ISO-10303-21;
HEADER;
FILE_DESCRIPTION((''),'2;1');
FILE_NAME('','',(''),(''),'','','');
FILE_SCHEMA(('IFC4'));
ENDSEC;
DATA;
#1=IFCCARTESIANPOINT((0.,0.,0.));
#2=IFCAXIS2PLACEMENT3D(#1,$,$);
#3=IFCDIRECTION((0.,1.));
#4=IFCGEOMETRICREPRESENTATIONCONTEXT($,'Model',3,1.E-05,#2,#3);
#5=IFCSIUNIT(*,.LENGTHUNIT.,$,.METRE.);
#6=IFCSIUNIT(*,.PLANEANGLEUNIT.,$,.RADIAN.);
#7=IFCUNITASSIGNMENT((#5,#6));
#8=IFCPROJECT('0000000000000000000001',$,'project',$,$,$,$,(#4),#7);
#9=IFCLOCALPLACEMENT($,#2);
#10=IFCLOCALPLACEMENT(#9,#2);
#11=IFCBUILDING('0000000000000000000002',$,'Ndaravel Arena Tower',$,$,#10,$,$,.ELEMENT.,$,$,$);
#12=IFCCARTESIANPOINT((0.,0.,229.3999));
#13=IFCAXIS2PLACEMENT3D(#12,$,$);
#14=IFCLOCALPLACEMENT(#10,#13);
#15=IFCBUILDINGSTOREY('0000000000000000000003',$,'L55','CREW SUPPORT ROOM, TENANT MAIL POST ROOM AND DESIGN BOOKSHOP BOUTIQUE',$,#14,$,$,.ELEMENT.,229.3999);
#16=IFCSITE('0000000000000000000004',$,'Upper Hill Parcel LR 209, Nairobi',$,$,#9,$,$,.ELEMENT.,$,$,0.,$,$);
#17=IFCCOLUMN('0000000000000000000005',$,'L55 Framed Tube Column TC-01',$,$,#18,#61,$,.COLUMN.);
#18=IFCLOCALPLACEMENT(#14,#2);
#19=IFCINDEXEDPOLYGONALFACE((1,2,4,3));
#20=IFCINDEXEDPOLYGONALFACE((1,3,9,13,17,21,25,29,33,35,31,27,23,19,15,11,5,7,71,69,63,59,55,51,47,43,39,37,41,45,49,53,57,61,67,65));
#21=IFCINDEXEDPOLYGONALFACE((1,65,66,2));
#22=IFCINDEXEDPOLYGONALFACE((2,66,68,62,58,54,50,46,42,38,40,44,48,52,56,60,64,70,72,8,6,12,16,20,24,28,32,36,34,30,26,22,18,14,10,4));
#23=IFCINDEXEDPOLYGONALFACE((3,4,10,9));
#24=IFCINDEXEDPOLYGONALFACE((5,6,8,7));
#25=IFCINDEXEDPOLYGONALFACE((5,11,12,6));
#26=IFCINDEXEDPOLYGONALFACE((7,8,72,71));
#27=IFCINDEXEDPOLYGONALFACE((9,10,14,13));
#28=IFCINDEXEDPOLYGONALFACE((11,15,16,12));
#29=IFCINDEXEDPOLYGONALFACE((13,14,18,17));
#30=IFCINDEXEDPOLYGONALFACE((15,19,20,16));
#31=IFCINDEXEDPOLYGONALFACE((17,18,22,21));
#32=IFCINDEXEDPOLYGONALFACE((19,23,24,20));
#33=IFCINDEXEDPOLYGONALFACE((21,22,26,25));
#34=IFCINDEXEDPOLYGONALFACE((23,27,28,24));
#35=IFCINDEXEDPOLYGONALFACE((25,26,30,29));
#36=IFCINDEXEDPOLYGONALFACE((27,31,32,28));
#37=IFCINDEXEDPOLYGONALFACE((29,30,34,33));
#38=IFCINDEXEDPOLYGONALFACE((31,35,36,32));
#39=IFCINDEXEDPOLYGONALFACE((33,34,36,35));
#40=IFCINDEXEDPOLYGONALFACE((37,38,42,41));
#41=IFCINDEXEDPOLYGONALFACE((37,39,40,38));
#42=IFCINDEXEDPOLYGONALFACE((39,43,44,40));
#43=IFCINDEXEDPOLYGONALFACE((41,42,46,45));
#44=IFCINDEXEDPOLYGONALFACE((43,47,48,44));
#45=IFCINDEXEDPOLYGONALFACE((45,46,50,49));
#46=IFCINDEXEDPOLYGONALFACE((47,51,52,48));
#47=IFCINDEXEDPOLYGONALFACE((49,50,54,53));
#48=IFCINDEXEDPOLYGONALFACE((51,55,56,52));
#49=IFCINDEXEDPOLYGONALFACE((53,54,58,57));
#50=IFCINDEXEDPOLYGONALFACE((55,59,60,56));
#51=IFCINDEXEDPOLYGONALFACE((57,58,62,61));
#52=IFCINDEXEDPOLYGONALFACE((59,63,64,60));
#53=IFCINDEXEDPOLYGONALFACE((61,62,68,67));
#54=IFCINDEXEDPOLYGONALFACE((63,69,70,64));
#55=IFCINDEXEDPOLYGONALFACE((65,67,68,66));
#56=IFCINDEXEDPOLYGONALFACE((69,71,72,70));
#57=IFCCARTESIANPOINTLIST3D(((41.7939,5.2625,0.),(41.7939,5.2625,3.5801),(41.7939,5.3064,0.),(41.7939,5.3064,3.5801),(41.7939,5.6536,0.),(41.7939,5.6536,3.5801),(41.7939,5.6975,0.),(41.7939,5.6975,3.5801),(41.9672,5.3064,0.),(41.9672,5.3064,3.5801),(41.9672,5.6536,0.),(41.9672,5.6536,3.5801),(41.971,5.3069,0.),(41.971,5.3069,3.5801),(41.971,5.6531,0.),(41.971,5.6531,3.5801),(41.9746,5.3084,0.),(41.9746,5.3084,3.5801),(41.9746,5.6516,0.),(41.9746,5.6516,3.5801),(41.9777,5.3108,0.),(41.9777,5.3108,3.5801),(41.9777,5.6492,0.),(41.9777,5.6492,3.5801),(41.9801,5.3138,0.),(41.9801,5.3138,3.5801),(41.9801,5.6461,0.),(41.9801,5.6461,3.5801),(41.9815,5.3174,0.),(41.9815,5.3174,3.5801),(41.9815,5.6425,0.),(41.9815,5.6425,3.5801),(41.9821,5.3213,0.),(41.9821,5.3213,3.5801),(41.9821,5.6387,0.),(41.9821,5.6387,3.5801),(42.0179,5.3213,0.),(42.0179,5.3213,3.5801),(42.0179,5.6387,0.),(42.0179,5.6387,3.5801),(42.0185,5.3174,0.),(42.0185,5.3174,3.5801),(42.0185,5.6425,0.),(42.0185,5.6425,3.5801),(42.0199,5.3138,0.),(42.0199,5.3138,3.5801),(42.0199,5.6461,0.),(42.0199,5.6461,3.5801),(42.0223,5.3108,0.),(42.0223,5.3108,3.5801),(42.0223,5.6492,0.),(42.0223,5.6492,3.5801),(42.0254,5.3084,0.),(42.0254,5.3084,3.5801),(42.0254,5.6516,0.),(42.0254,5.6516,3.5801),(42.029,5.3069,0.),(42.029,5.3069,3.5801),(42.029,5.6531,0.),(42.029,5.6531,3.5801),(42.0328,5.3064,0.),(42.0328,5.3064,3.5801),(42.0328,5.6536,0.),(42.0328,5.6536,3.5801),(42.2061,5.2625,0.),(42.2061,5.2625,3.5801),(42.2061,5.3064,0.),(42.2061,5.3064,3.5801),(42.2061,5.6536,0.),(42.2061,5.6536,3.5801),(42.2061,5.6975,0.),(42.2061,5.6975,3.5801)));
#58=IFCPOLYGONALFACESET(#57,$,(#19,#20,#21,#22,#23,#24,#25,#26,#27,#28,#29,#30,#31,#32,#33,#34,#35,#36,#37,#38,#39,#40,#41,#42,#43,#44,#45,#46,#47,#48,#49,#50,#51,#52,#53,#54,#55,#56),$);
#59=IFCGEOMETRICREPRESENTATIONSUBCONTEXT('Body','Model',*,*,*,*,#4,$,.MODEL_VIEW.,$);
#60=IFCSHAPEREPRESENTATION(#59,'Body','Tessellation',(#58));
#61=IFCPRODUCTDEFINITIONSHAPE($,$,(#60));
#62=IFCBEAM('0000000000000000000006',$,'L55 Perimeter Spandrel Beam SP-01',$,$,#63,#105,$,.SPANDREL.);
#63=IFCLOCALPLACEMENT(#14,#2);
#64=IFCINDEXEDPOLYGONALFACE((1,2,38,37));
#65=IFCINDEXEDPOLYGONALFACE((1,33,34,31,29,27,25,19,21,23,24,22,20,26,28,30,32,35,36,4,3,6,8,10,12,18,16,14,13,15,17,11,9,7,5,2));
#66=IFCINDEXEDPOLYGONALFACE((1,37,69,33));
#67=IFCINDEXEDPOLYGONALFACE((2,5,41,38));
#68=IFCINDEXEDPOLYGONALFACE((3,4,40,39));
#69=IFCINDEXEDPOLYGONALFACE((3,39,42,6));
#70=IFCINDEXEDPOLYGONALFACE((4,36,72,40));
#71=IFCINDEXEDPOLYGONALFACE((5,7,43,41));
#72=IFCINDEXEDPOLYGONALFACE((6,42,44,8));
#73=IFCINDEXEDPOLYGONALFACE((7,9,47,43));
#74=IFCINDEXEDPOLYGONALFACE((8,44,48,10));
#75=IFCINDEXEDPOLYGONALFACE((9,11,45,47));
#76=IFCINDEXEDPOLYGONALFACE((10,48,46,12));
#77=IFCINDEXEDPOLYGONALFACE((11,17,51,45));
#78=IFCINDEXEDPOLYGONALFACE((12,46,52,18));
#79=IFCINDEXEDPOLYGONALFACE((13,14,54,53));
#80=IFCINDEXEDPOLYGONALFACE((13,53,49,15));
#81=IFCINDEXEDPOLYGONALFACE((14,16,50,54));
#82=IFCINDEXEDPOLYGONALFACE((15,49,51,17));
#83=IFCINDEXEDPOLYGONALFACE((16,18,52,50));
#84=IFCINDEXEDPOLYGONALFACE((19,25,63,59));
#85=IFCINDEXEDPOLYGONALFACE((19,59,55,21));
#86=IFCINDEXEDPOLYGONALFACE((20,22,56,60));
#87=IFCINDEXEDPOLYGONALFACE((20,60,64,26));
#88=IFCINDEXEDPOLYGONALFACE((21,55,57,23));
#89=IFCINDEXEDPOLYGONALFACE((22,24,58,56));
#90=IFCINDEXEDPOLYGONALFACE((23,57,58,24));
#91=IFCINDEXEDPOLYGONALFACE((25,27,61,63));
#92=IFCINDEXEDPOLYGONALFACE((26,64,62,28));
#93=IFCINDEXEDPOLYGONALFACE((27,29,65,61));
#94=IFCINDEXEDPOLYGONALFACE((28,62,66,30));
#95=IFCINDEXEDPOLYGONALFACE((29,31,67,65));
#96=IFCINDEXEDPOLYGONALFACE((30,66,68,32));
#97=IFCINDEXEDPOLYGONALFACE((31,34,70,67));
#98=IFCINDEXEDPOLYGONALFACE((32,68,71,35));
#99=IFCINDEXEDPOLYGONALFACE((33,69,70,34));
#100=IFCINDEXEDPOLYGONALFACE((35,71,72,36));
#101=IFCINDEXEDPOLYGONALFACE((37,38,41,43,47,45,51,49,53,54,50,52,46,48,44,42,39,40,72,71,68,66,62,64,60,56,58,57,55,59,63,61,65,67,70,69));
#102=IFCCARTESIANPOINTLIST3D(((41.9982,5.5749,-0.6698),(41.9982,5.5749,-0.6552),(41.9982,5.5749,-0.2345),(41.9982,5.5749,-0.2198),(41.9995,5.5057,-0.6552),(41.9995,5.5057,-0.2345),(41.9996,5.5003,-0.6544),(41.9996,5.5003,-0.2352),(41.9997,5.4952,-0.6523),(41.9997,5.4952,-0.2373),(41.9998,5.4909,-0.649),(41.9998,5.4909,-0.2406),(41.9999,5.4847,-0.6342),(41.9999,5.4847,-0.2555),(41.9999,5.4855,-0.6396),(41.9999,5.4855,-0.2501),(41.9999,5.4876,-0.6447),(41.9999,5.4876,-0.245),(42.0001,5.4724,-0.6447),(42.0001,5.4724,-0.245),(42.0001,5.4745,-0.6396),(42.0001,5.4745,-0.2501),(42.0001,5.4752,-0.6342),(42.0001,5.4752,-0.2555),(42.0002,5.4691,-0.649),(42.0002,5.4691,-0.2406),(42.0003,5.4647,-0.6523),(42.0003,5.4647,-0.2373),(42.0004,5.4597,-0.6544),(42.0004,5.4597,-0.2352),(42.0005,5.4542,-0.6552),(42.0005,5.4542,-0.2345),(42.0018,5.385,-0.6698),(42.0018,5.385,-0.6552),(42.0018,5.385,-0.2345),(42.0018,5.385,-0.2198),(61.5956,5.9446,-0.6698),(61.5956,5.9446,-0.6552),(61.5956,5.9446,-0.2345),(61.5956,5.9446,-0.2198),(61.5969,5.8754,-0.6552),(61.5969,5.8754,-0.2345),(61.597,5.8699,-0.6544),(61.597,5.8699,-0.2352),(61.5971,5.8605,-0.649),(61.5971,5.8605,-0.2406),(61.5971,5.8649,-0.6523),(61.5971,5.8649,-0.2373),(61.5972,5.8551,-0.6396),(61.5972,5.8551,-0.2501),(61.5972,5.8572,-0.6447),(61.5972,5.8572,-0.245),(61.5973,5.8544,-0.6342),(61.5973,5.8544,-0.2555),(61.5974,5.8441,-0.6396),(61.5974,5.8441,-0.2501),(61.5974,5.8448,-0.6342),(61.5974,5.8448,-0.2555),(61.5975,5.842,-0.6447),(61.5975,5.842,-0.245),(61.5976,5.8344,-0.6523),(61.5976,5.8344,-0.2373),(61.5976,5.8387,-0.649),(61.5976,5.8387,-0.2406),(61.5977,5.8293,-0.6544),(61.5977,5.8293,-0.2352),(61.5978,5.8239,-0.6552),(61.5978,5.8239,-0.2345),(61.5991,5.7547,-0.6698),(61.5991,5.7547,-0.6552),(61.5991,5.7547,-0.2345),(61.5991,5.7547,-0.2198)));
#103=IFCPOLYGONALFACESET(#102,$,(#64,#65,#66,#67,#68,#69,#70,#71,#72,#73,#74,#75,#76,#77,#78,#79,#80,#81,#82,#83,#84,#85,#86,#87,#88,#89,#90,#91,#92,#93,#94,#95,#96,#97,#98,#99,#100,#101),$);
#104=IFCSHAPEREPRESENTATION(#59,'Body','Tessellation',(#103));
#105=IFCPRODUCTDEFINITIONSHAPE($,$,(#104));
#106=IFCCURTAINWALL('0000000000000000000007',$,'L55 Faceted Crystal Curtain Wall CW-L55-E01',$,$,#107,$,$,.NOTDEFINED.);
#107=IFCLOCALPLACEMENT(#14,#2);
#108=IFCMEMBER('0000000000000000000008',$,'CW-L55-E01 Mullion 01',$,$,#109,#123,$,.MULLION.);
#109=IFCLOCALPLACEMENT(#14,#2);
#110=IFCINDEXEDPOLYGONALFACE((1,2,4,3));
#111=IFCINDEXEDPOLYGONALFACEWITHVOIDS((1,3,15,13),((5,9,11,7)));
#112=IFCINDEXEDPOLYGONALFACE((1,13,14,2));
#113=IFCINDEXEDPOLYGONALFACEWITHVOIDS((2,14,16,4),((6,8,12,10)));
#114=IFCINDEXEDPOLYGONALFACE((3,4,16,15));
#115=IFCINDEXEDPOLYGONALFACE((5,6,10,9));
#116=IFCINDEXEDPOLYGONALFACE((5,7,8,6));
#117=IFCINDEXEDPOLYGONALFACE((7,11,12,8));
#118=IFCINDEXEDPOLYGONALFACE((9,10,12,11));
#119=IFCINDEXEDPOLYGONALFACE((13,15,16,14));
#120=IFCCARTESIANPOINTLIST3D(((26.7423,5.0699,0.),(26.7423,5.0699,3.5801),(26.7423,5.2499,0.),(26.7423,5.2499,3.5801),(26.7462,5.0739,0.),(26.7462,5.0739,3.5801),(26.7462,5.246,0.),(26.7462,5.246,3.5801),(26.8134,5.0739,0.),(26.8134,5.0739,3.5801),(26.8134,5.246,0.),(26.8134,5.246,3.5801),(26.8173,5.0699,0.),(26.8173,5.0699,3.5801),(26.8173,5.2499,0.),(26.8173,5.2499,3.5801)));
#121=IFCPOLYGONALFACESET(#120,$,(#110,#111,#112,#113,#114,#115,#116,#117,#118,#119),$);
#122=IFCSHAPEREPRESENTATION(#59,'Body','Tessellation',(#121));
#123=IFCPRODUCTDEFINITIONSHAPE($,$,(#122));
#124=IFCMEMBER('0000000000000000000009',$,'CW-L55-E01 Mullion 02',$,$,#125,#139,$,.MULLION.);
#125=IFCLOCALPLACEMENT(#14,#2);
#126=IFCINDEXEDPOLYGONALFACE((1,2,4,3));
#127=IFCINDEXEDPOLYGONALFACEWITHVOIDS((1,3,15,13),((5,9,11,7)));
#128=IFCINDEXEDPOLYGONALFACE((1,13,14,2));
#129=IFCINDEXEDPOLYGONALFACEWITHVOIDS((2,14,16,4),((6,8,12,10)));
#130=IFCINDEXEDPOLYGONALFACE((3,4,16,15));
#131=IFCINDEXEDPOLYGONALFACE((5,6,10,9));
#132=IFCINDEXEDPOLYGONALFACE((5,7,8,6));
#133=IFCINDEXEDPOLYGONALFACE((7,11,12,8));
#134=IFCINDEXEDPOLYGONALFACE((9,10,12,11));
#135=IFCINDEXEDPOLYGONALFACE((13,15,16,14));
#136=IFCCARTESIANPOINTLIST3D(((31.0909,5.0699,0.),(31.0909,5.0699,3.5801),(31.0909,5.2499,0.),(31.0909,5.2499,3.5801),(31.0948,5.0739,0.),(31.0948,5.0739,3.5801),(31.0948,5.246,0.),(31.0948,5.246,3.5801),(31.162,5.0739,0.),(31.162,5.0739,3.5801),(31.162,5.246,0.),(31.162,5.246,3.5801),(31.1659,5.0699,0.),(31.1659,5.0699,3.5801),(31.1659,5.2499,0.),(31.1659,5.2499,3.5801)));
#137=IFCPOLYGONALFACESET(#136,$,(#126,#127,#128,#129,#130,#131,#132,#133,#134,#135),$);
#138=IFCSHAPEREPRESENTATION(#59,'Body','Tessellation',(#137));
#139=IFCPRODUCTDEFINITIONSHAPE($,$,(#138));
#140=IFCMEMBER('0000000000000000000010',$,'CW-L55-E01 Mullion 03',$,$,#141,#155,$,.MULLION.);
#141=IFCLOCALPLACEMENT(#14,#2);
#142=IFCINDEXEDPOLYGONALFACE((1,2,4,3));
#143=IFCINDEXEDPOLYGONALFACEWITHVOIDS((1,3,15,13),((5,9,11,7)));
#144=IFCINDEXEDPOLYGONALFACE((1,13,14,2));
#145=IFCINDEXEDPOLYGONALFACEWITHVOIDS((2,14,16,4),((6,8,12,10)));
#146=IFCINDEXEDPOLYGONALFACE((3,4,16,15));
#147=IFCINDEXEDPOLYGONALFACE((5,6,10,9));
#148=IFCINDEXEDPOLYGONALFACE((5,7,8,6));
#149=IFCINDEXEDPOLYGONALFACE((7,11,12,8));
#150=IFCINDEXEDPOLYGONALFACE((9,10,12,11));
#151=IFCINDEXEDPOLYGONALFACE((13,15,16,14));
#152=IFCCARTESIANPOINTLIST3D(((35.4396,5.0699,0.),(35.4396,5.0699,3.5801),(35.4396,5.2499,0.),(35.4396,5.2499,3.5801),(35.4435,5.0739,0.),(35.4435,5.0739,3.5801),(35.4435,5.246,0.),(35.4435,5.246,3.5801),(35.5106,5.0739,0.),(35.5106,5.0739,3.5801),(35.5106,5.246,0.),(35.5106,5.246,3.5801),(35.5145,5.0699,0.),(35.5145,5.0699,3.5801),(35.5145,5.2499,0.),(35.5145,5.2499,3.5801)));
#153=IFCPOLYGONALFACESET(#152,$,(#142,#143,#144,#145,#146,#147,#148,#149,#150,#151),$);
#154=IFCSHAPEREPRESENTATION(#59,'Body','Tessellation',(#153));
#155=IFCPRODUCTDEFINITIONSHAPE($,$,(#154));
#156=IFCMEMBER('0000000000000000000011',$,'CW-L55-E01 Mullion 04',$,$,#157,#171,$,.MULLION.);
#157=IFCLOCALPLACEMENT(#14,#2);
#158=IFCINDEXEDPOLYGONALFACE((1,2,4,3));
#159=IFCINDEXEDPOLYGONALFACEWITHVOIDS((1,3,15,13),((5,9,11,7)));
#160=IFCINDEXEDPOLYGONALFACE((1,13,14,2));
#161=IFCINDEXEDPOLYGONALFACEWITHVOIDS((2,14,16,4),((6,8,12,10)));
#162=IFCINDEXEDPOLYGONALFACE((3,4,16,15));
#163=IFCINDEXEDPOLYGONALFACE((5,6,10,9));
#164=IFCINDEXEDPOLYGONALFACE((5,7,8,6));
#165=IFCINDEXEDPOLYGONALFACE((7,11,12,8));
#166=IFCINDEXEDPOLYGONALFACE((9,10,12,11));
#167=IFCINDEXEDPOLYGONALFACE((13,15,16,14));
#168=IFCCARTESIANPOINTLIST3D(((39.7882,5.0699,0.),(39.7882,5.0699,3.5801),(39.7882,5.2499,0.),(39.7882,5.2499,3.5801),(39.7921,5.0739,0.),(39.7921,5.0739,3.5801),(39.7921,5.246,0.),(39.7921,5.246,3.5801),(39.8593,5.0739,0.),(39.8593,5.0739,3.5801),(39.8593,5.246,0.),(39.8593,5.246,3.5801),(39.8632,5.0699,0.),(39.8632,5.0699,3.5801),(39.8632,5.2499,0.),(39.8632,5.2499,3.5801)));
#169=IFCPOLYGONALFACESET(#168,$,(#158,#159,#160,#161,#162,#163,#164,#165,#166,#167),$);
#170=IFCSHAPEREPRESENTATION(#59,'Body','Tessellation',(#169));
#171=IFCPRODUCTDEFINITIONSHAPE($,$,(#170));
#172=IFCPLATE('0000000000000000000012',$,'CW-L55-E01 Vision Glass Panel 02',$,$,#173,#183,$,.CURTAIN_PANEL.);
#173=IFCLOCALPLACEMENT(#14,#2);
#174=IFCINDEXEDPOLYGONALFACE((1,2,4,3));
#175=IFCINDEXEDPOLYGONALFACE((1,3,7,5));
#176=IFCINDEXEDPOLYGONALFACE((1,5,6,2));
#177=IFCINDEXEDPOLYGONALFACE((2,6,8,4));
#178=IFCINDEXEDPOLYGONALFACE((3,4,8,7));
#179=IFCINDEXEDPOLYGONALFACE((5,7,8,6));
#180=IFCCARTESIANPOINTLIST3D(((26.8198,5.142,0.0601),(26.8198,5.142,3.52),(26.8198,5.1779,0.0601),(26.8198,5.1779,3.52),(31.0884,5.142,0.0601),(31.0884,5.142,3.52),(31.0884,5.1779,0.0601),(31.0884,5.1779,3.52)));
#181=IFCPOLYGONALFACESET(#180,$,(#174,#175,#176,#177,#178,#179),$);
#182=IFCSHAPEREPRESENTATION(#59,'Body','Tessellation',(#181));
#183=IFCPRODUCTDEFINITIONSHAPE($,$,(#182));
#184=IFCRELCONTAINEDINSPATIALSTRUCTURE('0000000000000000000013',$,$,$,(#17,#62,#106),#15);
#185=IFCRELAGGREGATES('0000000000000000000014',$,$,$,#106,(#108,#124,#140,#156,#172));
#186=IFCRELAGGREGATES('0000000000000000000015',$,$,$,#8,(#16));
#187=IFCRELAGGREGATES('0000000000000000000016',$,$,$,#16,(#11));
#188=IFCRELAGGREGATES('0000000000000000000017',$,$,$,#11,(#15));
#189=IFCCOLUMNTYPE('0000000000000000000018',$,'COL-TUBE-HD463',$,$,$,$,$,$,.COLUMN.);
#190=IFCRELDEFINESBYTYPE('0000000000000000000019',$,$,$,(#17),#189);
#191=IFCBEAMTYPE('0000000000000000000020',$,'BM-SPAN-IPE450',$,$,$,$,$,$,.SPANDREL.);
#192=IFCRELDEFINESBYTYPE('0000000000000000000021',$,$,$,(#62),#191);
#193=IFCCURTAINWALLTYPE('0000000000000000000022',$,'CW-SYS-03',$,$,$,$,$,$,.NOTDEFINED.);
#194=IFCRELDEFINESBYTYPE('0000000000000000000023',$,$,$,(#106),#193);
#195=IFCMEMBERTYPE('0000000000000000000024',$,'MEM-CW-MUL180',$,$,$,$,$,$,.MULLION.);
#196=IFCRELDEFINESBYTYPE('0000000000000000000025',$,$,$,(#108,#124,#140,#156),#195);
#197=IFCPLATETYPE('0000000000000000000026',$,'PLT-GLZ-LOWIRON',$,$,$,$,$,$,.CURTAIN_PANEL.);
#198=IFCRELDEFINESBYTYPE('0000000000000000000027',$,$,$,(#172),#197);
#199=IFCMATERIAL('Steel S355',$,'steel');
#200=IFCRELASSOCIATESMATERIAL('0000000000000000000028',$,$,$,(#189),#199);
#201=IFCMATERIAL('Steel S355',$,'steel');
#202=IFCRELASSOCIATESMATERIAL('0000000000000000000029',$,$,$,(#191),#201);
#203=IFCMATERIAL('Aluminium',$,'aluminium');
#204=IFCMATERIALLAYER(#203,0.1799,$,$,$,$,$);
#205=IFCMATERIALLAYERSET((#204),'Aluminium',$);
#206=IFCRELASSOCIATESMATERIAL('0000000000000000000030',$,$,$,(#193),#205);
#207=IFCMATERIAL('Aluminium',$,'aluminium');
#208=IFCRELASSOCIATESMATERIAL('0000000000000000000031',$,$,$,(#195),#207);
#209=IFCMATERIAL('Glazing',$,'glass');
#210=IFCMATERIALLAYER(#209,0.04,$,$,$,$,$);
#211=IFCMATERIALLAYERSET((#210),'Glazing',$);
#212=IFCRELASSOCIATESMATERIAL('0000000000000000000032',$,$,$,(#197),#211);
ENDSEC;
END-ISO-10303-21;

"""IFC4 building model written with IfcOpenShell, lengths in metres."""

from ifc_helpers import new_model, si_unit, direction, frame, origin, origin_2d, place, context, subcontext, project, spatial, rectangle, hollow_rectangle, i_section, extrude, material, layer, layer_set, material_profile, profile_set, type_object, element, aggregate, save


model = new_model("IFC4")

# Units and contexts
model_context = context("Model", 3, precision=1e-05, world=origin(), true_north=direction((0.0, 1.0)))
body_context = subcontext(model_context, "Body", "Model", "MODEL_VIEW")
ifc_project = project(units=[si_unit("LENGTHUNIT", "METRE"), si_unit("PLANEANGLEUNIT", "RADIAN")], contexts=[model_context])

# Site, building, storey
site_placement = place(None, origin())
site = spatial("IfcSite", under=ifc_project, at=site_placement, Name="Upper Hill Parcel LR 209, Nairobi", CompositionType="ELEMENT", RefElevation=0.0)
building_placement = place(site_placement, origin())
building = spatial("IfcBuilding", under=site, at=building_placement, Name="Ndaravel Arena Tower", CompositionType="ELEMENT")
storey_placement = place(building_placement, frame((0.0, 0.0, 229.3999)))
storey = spatial("IfcBuildingStorey", under=building, at=storey_placement, Name="L55", Description="CREW SUPPORT ROOM, TENANT MAIL POST ROOM AND DESIGN BOOKSHOP BOUTIQUE", CompositionType="ELEMENT", Elevation=229.3999)

# Column
ifc_material_1 = material(Name="Steel S355", Category="steel")
ifc_material_profile_1 = material_profile(ifc_material_1, i_section(OverallWidth=0.4121, OverallDepth=0.4351, WebThickness=0.0359, FlangeThickness=0.0439, FilletRadius=0.0149, at=origin_2d()), Name="HD 400x463")
ifc_profile_set_1 = profile_set([ifc_material_profile_1], Name="Steel S355")
column_type = type_object("IfcColumnType", Name="COL-TUBE-HD463", PredefinedType="COLUMN", material=ifc_profile_set_1)
column_placement = place(storey_placement, frame((42.0, 5.48, 0.0), z_axis=(0.0, 0.0, 1.0), x_axis=(1.0, 0.0, 0.0)))
element("IfcColumn", 1, at=column_placement, inside=storey, type_object=column_type, Name="L55 Framed Tube Column TC-01", PredefinedType="COLUMN", context=body_context, shape_type="SweptSolid", body=[
    extrude(i_section(OverallWidth=0.4121, OverallDepth=0.4351, WebThickness=0.0359, FlangeThickness=0.0439, FilletRadius=0.0149, at=origin_2d()), origin(), (0.0, 0.0, 1.0), 3.5801),
])

# Beam
ifc_material_2 = material(Name="Steel S355", Category="steel")
ifc_material_profile_2 = material_profile(ifc_material_2, i_section(OverallWidth=0.1899, OverallDepth=0.45, WebThickness=0.0095, FlangeThickness=0.0146, FilletRadius=0.021, at=origin_2d()), Name="IPE 450")
ifc_profile_set_2 = profile_set([ifc_material_profile_2], Name="Steel S355")
beam_type = type_object("IfcBeamType", Name="BM-SPAN-IPE450", PredefinedType="SPANDREL", material=ifc_profile_set_2)
beam_placement = place(storey_placement, frame((42.0, 5.48, -0.4448), z_axis=(0.999822, 0.018858, 0.0), x_axis=(-0.018858, 0.999822, 0.0)))
element("IfcBeam", 2, at=beam_placement, inside=storey, type_object=beam_type, Name="L55 Perimeter Spandrel Beam SP-01", PredefinedType="SPANDREL", context=body_context, shape_type="SweptSolid", body=[
    extrude(i_section(OverallWidth=0.1899, OverallDepth=0.45, WebThickness=0.0095, FlangeThickness=0.0146, FilletRadius=0.021, at=origin_2d()), origin(), (0.0, 0.0, 1.0), 19.6008),
])

# Curtain wall, members, plate
ifc_material_3 = material(Name="Aluminium", Category="aluminium")
ifc_layer_1 = layer(ifc_material_3, 0.1799)
ifc_layer_set_1 = layer_set([ifc_layer_1], Name="Aluminium")
curtain_wall_type = type_object("IfcCurtainWallType", Name="CW-SYS-03", PredefinedType="NOTDEFINED", material=ifc_layer_set_1)
curtain_wall_placement = place(storey_placement, origin())
curtain_wall = element("IfcCurtainWall", 3, at=curtain_wall_placement, inside=storey, type_object=curtain_wall_type, Name="L55 Faceted Crystal Curtain Wall CW-L55-E01", PredefinedType="NOTDEFINED")
ifc_material_4 = material(Name="Aluminium", Category="aluminium")
ifc_material_profile_3 = material_profile(ifc_material_4, hollow_rectangle(XDim=0.075, YDim=0.1799, WallThickness=0.0039, at=origin_2d()), Name="CW MULLION 75x180x4")
ifc_profile_set_3 = profile_set([ifc_material_profile_3], Name="Aluminium")
member_type = type_object("IfcMemberType", Name="MEM-CW-MUL180", PredefinedType="MULLION", material=ifc_profile_set_3)
member_1_placement = place(storey_placement, frame((26.7798, 5.1599, 0.0), z_axis=(0.0, 0.0, 1.0), x_axis=(1.0, 0.0, 0.0)))
member_1 = element("IfcMember", 4, at=member_1_placement, type_object=member_type, Name="CW-L55-E01 Mullion 01", PredefinedType="MULLION", context=body_context, shape_type="SweptSolid", body=[
    extrude(hollow_rectangle(XDim=0.075, YDim=0.1799, WallThickness=0.0039, at=origin_2d()), origin(), (0.0, 0.0, 1.0), 3.5801),
])
member_2_placement = place(storey_placement, frame((31.1284, 5.1599, 0.0), z_axis=(0.0, 0.0, 1.0), x_axis=(1.0, 0.0, 0.0)))
member_2 = element("IfcMember", 5, at=member_2_placement, type_object=member_type, Name="CW-L55-E01 Mullion 02", PredefinedType="MULLION", context=body_context, shape_type="SweptSolid", body=[
    extrude(hollow_rectangle(XDim=0.075, YDim=0.1799, WallThickness=0.0039, at=origin_2d()), origin(), (0.0, 0.0, 1.0), 3.5801),
])
member_3_placement = place(storey_placement, frame((35.4771, 5.1599, 0.0), z_axis=(0.0, 0.0, 1.0), x_axis=(1.0, 0.0, 0.0)))
member_3 = element("IfcMember", 6, at=member_3_placement, type_object=member_type, Name="CW-L55-E01 Mullion 03", PredefinedType="MULLION", context=body_context, shape_type="SweptSolid", body=[
    extrude(hollow_rectangle(XDim=0.075, YDim=0.1799, WallThickness=0.0039, at=origin_2d()), origin(), (0.0, 0.0, 1.0), 3.5801),
])
member_4_placement = place(storey_placement, frame((39.8257, 5.1599, 0.0), z_axis=(0.0, 0.0, 1.0), x_axis=(1.0, 0.0, 0.0)))
member_4 = element("IfcMember", 7, at=member_4_placement, type_object=member_type, Name="CW-L55-E01 Mullion 04", PredefinedType="MULLION", context=body_context, shape_type="SweptSolid", body=[
    extrude(hollow_rectangle(XDim=0.075, YDim=0.1799, WallThickness=0.0039, at=origin_2d()), origin(), (0.0, 0.0, 1.0), 3.5801),
])
ifc_material_5 = material(Name="Glazing", Category="glass")
ifc_layer_2 = layer(ifc_material_5, 0.04)
ifc_layer_set_2 = layer_set([ifc_layer_2], Name="Glazing")
plate_type = type_object("IfcPlateType", Name="PLT-GLZ-LOWIRON", PredefinedType="CURTAIN_PANEL", material=ifc_layer_set_2)
plate_1_placement = place(storey_placement, frame((28.9541, 5.1599, 0.0601), z_axis=(0.0, 0.0, 1.0), x_axis=(1.0, 0.0, 0.0)))
plate_1 = element("IfcPlate", 8, at=plate_1_placement, type_object=plate_type, Name="CW-L55-E01 Vision Glass Panel 02", PredefinedType="CURTAIN_PANEL", context=body_context, shape_type="SweptSolid", body=[
    extrude(rectangle(XDim=4.2686, YDim=0.0359, at=origin_2d()), origin(), (0.0, 0.0, 1.0), 3.46),
])
aggregate(curtain_wall, [member_1, member_2, member_3, member_4, plate_1])

save(model, "model.ifc")
